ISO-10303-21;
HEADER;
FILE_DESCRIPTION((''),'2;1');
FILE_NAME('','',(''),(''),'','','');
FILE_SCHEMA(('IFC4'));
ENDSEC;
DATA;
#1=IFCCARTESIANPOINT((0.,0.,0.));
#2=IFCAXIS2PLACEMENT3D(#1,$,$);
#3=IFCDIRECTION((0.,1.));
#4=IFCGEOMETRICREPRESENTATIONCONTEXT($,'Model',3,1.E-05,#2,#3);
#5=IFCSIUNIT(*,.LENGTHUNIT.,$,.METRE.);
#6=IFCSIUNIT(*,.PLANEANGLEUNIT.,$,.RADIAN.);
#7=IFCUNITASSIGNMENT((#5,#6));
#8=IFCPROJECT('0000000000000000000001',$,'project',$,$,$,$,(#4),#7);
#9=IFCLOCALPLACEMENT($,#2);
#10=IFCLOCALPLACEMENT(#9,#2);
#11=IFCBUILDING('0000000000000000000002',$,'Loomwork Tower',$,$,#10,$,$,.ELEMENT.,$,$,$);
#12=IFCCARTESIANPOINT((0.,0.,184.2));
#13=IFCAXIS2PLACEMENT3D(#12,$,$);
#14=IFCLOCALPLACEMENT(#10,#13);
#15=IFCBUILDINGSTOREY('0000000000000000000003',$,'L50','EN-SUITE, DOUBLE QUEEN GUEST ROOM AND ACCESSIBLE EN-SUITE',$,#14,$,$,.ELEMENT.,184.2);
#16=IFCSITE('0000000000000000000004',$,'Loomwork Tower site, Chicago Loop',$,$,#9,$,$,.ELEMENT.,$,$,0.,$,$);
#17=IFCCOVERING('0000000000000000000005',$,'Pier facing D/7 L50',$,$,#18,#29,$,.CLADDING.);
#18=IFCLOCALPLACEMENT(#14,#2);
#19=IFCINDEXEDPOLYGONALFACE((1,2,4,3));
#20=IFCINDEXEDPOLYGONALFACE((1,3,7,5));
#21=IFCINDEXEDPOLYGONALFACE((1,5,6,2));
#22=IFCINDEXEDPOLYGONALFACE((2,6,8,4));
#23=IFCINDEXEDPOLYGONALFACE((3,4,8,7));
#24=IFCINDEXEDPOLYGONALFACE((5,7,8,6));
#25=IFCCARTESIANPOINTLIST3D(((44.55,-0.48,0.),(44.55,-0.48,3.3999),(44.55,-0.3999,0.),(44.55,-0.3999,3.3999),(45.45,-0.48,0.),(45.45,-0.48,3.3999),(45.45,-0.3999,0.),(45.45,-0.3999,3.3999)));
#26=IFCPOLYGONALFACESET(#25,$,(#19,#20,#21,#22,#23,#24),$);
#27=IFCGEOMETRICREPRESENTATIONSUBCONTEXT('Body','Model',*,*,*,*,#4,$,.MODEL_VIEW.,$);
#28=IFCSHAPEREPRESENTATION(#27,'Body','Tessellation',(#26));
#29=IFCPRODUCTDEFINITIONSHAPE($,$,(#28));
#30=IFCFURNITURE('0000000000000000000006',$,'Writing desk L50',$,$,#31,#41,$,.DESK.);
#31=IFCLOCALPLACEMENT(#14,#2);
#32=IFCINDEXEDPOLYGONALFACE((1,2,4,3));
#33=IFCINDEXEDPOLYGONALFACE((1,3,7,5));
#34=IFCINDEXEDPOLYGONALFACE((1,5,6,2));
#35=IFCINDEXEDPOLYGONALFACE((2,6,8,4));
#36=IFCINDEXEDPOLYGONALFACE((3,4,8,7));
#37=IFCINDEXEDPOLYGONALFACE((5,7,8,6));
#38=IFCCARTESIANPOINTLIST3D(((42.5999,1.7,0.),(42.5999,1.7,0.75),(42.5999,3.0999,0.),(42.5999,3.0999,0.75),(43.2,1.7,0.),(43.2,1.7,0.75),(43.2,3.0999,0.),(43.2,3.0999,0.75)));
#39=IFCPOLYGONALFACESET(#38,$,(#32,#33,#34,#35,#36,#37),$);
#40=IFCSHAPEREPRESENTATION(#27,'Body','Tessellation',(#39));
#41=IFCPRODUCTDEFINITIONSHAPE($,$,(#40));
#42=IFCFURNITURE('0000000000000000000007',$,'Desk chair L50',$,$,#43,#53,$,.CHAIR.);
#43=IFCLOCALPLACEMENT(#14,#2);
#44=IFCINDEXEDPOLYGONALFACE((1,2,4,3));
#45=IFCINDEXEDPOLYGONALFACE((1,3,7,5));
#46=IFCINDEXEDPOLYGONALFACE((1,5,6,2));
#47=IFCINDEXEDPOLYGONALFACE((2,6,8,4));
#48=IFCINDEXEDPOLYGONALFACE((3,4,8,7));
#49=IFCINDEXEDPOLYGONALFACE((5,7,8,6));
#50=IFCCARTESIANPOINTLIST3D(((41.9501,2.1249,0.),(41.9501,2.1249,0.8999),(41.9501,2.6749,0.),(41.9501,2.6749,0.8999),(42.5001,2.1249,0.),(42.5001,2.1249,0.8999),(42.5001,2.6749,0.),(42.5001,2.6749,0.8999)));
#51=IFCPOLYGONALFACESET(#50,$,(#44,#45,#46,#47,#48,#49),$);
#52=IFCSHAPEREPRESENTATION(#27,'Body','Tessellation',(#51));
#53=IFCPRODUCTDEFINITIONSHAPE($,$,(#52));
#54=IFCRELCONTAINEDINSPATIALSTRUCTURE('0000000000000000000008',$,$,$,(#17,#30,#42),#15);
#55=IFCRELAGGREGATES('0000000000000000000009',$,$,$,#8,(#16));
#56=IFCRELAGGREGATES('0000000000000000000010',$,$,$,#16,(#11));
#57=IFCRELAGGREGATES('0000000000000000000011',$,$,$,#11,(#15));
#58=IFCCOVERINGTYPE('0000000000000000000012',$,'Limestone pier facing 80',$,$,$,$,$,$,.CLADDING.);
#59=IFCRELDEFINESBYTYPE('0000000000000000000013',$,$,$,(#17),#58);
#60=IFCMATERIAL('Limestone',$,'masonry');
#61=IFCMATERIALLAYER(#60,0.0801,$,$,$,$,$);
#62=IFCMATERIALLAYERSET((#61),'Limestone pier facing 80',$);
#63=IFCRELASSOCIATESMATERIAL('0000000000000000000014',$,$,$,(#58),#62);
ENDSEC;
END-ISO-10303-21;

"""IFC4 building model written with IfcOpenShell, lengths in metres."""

from ifc_helpers import new_model, si_unit, direction, frame, origin, origin_2d, place, context, subcontext, project, spatial, rectangle, extrude, material, layer, layer_set, type_object, element, save


model = new_model("IFC4")

# Units and contexts
model_context = context("Model", 3, precision=1e-05, world=origin(), true_north=direction((0.0, 1.0)))
body_context = subcontext(model_context, "Body", "Model", "MODEL_VIEW")
ifc_project = project(units=[si_unit("LENGTHUNIT", "METRE"), si_unit("PLANEANGLEUNIT", "RADIAN")], contexts=[model_context])

# Site, building, storey
site_placement = place(None, origin())
site = spatial("IfcSite", under=ifc_project, at=site_placement, Name="Loomwork Tower site, Chicago Loop", CompositionType="ELEMENT", RefElevation=0.0)
building_placement = place(site_placement, origin())
building = spatial("IfcBuilding", under=site, at=building_placement, Name="Loomwork Tower", CompositionType="ELEMENT")
storey_placement = place(building_placement, frame((0.0, 0.0, 184.2)))
storey = spatial("IfcBuildingStorey", under=building, at=storey_placement, Name="L50", Description="EN-SUITE, DOUBLE QUEEN GUEST ROOM AND ACCESSIBLE EN-SUITE", CompositionType="ELEMENT", Elevation=184.2)

# Covering
ifc_material_1 = material(Name="Limestone", Category="masonry")
ifc_layer_1 = layer(ifc_material_1, 0.0801)
ifc_layer_set_1 = layer_set([ifc_layer_1], Name="Limestone pier facing 80")
covering_type = type_object("IfcCoveringType", Name="Limestone pier facing 80", PredefinedType="CLADDING", material=ifc_layer_set_1)
for number, where, z_axis, x_axis, name in (
    (1, (45.0, -0.4399, 0.0), (0.0, 0.0, 1.0), (1.0, 0.0, 0.0), "Pier facing D/7 L50"),
):
    element("IfcCovering", number, at=place(storey_placement, frame(where, z_axis=z_axis, x_axis=x_axis)), inside=storey, type_object=covering_type, Name=name, PredefinedType="CLADDING", context=body_context, shape_type="SweptSolid", body=[
        extrude(rectangle(XDim=0.8999, YDim=0.0801, at=origin_2d()), origin(), (0.0, 0.0, 1.0), 3.3999),
    ])

# Furniture
furniture_1_placement = place(storey_placement, frame((42.8999, 2.3999, 0.0), z_axis=(0.0, 0.0, 1.0), x_axis=(1.0, 0.0, 0.0)))
element("IfcFurniture", 2, at=furniture_1_placement, inside=storey, Name="Writing desk L50", PredefinedType="DESK", context=body_context, shape_type="SweptSolid", body=[
    extrude(rectangle(XDim=0.6001, YDim=1.3999, at=origin_2d()), origin(), (0.0, 0.0, 1.0), 0.75),
])
furniture_2_placement = place(storey_placement, frame((42.2251, 2.3999, 0.0), z_axis=(0.0, 0.0, 1.0), x_axis=(1.0, 0.0, 0.0)))
element("IfcFurniture", 3, at=furniture_2_placement, inside=storey, Name="Desk chair L50", PredefinedType="CHAIR", context=body_context, shape_type="SweptSolid", body=[
    extrude(rectangle(XDim=0.55, YDim=0.55, at=origin_2d()), origin(), (0.0, 0.0, 1.0), 0.8999),
])

save(model, "model.ifc")
